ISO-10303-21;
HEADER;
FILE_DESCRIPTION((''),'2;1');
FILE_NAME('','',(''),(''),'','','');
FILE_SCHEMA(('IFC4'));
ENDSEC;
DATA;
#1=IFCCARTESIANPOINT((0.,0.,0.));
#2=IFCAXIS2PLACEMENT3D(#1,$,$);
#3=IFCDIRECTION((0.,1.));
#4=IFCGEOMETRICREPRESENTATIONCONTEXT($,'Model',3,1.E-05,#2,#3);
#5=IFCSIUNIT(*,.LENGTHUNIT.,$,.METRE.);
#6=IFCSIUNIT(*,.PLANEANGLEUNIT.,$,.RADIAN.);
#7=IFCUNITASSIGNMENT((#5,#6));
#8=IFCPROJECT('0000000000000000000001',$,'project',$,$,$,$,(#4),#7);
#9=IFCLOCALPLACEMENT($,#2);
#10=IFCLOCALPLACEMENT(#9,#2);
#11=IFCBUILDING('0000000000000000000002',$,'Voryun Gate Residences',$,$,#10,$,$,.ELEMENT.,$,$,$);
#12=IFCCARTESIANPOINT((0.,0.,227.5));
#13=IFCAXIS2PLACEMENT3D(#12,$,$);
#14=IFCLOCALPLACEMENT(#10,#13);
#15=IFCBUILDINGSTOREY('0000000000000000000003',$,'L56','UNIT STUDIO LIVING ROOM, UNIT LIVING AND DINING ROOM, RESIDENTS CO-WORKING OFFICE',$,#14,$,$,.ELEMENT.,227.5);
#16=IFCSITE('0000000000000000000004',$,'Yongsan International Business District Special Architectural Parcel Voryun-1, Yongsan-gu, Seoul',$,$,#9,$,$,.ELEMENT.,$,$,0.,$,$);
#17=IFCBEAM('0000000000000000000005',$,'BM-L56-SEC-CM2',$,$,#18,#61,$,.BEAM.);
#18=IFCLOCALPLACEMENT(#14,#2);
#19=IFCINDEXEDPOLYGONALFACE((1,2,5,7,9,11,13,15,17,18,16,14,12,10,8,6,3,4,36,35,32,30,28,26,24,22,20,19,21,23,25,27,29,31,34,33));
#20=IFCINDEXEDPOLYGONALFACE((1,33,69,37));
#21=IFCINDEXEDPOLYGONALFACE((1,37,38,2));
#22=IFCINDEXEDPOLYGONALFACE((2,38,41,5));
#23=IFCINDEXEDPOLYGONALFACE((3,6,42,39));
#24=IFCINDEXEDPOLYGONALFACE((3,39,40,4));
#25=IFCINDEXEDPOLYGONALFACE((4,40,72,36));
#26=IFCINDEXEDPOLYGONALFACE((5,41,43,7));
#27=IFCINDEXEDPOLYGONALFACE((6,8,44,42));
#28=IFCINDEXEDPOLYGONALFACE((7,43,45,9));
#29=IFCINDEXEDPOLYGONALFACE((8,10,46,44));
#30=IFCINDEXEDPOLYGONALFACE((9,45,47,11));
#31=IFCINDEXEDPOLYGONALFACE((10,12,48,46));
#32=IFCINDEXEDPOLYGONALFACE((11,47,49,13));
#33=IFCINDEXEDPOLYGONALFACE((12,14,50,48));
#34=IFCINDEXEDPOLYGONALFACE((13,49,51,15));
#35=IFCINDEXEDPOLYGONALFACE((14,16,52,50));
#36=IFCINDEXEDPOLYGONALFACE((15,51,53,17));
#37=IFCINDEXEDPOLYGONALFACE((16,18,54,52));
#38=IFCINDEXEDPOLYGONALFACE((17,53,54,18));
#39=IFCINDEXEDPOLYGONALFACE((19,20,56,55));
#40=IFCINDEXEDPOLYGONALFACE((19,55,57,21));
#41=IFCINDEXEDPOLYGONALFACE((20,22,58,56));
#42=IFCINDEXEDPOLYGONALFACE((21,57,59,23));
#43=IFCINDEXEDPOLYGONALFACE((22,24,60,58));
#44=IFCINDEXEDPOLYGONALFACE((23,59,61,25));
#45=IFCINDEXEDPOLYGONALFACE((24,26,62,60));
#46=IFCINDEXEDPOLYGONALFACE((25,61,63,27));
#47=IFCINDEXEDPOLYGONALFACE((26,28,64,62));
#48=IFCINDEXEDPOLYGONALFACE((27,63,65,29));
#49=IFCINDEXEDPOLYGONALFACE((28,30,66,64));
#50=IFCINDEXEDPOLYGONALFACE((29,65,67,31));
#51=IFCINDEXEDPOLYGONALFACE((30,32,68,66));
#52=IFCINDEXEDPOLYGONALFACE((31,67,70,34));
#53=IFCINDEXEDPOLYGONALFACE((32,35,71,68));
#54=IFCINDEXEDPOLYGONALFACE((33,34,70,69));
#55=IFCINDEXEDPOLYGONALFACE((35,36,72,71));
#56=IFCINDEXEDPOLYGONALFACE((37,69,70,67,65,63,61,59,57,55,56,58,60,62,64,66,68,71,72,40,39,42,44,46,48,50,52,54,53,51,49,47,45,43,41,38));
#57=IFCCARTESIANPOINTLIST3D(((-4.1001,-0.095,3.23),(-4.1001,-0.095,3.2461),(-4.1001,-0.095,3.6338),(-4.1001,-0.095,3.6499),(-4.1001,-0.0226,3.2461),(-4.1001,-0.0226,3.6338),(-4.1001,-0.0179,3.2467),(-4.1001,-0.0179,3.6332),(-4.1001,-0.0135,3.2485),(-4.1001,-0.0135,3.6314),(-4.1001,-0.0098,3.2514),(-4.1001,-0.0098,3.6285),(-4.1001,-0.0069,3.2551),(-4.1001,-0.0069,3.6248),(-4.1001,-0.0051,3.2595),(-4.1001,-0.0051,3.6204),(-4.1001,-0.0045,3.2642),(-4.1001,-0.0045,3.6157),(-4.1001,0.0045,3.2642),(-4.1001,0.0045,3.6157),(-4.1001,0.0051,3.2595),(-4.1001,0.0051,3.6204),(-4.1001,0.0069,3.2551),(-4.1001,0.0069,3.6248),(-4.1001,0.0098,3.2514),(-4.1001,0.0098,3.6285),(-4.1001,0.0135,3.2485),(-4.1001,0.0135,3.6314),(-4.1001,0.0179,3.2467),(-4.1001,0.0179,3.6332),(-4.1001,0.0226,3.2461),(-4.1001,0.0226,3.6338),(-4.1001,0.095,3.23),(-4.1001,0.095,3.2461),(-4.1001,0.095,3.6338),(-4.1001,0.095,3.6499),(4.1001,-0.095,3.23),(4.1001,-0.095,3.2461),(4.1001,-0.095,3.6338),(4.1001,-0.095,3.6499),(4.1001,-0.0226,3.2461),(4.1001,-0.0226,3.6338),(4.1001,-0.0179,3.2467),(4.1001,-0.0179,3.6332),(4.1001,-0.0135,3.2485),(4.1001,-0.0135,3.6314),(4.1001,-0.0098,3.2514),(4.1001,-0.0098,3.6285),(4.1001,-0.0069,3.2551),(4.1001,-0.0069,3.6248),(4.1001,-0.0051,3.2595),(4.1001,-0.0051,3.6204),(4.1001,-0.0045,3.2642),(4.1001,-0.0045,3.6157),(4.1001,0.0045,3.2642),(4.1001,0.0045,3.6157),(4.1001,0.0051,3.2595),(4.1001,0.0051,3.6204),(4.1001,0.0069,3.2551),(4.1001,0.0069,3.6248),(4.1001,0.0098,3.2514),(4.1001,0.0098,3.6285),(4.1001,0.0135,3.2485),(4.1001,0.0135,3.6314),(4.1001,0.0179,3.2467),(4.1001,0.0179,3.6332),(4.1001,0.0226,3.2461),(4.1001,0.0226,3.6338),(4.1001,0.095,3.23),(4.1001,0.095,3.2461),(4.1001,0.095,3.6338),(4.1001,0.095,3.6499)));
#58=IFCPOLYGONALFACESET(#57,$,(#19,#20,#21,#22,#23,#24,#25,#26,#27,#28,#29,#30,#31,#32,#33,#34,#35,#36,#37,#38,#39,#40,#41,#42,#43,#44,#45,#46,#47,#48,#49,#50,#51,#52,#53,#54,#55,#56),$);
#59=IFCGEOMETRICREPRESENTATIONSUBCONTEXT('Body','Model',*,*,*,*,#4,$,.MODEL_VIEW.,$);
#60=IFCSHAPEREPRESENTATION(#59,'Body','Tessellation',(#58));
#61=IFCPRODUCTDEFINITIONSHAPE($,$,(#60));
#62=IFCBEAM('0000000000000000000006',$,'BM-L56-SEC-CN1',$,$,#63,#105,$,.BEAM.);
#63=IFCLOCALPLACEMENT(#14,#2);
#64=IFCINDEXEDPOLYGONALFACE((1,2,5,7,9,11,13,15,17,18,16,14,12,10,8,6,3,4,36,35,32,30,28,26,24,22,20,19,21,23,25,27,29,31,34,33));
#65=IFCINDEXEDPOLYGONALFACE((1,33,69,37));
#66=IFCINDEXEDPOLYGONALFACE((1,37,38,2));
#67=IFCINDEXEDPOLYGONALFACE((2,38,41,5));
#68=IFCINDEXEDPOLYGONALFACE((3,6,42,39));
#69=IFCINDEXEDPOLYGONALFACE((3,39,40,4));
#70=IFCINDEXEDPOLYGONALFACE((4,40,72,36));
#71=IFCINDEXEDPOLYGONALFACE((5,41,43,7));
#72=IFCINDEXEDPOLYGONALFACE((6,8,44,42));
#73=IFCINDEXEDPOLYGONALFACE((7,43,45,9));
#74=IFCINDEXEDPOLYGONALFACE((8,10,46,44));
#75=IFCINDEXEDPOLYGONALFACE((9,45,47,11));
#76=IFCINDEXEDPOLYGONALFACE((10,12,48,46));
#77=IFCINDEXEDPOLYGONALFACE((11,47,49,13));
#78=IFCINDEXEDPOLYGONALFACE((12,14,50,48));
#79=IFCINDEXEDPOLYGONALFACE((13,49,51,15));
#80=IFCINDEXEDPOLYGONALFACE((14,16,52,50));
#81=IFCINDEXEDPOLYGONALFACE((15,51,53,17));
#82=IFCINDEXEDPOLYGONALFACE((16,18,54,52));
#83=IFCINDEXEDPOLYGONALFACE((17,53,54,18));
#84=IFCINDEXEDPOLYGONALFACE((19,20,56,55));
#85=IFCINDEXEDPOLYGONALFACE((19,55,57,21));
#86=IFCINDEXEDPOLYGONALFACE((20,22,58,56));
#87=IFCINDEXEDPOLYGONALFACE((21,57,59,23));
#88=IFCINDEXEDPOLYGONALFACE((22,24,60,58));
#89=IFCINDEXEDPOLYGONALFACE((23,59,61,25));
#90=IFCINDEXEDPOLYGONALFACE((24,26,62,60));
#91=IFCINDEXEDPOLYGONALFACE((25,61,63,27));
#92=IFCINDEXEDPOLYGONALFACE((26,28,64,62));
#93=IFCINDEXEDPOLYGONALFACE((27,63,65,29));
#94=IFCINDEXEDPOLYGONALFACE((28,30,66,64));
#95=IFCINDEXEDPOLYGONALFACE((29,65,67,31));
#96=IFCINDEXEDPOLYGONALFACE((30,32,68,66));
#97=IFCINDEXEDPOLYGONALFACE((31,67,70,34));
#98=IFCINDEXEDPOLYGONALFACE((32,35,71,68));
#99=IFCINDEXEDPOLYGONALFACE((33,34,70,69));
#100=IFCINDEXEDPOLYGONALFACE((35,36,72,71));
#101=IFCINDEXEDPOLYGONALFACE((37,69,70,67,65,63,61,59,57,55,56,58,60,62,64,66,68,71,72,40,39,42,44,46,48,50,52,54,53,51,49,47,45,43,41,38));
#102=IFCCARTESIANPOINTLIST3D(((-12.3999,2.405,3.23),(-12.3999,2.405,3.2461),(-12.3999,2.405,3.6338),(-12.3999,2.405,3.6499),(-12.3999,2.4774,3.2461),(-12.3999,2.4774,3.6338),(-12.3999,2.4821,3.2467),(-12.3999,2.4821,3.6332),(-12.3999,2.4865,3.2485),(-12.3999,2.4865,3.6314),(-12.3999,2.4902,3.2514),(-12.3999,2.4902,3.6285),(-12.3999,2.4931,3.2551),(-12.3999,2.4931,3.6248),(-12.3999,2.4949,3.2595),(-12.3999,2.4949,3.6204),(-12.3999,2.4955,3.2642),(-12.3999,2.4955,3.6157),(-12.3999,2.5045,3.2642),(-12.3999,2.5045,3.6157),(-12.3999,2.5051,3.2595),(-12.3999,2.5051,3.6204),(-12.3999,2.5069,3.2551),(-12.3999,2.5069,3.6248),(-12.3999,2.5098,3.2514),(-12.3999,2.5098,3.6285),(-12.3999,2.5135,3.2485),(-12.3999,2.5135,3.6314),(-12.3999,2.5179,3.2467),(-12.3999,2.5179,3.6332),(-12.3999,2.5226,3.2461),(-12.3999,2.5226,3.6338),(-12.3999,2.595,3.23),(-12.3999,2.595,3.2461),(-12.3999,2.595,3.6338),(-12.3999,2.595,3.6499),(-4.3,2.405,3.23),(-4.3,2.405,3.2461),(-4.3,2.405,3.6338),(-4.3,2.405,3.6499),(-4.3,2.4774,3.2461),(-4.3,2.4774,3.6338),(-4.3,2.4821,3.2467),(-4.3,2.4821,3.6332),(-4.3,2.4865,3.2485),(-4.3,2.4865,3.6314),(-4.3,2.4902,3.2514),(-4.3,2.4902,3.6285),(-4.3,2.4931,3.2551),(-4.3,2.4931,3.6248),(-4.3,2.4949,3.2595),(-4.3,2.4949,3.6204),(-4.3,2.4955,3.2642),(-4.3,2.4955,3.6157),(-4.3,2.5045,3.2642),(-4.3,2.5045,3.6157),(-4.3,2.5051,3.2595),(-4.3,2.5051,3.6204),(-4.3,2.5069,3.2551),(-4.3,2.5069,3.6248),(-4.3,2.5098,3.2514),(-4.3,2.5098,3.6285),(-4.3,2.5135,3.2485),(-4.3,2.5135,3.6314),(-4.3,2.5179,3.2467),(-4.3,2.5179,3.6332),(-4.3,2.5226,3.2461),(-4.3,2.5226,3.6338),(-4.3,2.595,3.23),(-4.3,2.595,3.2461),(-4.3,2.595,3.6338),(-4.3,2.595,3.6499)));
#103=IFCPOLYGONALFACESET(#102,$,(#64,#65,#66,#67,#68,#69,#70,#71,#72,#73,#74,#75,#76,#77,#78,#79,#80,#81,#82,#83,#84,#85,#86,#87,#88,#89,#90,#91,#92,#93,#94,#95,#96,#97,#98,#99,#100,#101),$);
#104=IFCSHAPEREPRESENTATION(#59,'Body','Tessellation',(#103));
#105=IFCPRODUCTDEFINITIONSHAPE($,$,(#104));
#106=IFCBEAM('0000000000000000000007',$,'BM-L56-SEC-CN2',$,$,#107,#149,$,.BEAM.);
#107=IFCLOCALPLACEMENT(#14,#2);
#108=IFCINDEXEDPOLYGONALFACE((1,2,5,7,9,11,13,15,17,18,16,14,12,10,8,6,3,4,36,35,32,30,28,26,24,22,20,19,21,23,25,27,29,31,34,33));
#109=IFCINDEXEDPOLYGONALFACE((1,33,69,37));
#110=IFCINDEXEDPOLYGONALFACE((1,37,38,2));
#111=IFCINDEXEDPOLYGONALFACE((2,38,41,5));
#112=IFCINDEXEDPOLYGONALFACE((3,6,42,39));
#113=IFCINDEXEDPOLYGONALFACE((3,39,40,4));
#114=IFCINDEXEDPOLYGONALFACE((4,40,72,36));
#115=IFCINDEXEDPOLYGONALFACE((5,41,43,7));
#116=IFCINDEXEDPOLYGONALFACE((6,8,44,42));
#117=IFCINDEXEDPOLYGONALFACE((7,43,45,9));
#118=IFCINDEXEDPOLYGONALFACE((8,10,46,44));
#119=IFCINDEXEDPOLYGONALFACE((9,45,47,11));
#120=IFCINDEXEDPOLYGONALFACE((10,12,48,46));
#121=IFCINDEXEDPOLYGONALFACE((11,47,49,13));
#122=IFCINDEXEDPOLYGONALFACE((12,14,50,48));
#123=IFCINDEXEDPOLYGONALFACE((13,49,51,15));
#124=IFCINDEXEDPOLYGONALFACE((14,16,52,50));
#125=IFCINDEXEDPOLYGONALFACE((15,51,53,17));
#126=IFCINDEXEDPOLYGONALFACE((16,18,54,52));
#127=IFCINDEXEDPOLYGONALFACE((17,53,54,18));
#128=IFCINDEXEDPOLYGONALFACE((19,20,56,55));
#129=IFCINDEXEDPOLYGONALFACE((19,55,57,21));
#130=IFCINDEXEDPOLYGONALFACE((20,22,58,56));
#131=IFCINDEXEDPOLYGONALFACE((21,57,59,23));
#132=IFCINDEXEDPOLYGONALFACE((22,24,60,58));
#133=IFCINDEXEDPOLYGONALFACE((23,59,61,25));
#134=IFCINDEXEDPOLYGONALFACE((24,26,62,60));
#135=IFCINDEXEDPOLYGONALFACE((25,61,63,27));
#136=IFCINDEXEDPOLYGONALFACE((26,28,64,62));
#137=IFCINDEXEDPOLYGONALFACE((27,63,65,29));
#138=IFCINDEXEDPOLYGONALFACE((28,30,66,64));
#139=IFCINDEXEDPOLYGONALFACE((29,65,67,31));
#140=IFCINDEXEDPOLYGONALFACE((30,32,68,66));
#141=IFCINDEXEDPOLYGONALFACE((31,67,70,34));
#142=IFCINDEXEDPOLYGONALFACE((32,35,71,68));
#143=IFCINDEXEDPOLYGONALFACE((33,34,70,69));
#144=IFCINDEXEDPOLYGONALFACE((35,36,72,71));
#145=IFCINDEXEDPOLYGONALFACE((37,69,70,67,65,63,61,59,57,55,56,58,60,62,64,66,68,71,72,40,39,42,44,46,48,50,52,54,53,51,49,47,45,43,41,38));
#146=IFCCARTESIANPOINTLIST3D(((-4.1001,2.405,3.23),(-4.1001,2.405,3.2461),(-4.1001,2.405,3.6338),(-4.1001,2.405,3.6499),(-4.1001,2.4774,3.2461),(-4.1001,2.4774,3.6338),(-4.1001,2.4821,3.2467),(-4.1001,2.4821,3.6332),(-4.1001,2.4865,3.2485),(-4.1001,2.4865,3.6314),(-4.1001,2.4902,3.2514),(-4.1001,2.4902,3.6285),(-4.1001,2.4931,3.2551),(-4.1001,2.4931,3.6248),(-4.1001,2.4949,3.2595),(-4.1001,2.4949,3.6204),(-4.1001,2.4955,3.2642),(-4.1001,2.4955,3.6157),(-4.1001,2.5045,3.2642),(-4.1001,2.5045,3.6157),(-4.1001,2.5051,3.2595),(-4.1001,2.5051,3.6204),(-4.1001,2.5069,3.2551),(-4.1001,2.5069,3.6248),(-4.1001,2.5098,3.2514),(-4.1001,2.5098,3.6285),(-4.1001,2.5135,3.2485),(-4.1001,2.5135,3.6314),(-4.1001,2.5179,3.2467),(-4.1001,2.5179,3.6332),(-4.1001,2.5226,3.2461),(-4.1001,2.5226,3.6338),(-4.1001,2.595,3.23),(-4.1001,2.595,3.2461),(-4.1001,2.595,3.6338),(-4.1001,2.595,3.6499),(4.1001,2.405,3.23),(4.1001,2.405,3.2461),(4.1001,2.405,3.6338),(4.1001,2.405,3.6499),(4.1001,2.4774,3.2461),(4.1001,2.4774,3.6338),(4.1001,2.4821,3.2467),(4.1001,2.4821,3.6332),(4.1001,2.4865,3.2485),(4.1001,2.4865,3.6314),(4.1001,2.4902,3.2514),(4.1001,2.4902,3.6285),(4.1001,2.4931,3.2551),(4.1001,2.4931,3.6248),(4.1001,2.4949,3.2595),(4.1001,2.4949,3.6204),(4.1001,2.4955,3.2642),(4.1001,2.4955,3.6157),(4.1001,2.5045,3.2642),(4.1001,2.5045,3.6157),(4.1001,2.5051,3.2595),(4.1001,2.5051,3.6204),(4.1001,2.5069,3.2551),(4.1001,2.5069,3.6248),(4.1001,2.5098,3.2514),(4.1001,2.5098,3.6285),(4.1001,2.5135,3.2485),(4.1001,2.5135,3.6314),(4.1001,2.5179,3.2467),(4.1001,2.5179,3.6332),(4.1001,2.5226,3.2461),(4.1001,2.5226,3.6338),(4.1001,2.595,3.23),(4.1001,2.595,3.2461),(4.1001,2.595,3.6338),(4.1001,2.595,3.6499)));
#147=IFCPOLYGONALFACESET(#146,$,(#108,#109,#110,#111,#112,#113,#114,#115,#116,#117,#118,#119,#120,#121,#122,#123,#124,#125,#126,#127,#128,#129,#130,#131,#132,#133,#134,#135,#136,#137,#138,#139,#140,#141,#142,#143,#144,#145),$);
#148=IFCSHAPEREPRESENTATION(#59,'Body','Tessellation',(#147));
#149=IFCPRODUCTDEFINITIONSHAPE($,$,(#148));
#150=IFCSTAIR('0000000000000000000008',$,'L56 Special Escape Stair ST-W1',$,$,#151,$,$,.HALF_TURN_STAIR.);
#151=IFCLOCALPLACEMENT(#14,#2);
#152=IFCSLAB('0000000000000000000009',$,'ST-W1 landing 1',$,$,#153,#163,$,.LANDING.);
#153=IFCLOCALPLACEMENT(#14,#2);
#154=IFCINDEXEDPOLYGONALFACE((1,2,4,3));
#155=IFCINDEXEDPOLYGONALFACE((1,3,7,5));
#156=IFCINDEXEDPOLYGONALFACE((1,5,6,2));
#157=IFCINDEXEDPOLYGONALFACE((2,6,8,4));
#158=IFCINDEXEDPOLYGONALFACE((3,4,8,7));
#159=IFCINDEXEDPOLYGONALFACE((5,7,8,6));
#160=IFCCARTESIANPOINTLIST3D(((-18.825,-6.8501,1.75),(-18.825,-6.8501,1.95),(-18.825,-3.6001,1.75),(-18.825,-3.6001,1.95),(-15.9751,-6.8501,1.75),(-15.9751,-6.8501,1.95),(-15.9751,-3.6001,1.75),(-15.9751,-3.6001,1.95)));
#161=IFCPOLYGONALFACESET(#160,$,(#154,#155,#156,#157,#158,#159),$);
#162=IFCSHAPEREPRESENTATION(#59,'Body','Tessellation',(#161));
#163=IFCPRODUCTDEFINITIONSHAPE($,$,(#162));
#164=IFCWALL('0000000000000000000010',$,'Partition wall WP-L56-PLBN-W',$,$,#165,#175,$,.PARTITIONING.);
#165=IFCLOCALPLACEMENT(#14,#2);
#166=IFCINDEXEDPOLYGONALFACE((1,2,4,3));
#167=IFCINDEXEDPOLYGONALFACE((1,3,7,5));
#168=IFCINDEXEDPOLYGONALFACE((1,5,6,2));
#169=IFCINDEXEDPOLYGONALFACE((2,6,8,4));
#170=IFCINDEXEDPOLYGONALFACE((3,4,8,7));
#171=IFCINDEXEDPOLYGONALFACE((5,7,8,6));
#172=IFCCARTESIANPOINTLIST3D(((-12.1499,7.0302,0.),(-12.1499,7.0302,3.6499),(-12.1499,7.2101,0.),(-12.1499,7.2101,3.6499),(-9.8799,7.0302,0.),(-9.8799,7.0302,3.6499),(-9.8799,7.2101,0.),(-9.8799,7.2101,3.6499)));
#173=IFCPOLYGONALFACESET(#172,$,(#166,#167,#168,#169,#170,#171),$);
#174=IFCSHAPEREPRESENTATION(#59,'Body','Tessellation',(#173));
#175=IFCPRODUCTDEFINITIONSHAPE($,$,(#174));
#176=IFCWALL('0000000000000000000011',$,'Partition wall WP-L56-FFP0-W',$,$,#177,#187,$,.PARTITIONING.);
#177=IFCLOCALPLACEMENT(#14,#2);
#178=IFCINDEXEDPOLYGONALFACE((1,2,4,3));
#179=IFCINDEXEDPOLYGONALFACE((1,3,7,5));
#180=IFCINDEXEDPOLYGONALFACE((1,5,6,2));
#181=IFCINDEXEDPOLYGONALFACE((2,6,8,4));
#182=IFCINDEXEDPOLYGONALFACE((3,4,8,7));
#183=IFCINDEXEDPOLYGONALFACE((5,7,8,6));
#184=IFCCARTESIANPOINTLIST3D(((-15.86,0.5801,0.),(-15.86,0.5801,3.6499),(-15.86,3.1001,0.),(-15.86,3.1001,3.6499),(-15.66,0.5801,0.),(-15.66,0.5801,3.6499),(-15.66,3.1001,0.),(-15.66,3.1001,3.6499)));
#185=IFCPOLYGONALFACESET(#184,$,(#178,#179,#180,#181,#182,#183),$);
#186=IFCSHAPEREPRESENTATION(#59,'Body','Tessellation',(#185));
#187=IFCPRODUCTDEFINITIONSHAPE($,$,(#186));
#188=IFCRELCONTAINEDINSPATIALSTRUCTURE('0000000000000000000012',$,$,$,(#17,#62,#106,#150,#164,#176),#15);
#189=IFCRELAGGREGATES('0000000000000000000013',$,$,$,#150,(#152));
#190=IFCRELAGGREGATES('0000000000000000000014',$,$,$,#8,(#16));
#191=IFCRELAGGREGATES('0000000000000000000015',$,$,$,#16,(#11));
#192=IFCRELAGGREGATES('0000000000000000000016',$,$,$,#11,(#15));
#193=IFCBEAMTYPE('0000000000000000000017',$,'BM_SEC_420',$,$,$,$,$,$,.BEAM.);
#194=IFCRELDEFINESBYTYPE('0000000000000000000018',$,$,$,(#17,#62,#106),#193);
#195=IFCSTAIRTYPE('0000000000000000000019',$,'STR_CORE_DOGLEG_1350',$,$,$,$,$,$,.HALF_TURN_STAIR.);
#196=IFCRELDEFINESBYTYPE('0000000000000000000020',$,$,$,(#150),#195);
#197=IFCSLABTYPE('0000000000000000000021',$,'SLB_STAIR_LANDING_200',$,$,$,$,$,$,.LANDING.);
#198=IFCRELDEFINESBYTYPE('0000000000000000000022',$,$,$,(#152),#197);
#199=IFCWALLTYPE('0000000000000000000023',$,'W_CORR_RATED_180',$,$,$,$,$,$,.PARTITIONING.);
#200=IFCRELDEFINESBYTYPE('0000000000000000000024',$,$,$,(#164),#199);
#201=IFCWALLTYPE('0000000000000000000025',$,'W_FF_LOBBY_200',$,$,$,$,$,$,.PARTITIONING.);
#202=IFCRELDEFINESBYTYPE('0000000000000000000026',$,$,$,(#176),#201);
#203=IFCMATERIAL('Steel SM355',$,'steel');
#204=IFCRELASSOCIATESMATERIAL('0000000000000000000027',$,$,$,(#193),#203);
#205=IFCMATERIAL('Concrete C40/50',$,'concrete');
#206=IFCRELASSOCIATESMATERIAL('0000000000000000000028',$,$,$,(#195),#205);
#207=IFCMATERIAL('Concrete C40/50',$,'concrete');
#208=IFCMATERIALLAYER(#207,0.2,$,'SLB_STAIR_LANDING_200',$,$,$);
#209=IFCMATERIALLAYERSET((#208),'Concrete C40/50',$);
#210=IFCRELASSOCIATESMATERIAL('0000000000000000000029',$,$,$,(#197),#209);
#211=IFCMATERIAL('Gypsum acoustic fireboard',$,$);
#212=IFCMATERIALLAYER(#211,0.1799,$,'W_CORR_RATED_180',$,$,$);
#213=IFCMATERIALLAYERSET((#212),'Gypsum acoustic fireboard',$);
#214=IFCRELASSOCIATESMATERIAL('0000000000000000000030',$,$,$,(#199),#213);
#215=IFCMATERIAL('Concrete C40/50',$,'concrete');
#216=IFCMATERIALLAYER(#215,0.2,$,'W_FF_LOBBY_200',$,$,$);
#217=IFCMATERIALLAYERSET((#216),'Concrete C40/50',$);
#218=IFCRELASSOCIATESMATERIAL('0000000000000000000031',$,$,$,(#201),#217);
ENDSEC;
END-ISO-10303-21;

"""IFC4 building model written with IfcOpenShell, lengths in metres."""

from ifc_helpers import new_model, si_unit, direction, frame, frame_2d, origin, origin_2d, place, context, subcontext, project, spatial, polyline, rectangle, i_section, outline, extrude, material, layer, layer_set, material_profile, profile_set, type_object, element, aggregate, save


model = new_model("IFC4")

# Units and contexts
model_context = context("Model", 3, precision=1e-05, world=origin(), true_north=direction((0.0, 1.0)))
body_context = subcontext(model_context, "Body", "Model", "MODEL_VIEW")
ifc_project = project(units=[si_unit("LENGTHUNIT", "METRE"), si_unit("PLANEANGLEUNIT", "RADIAN")], contexts=[model_context])

# Site, building, storey
site_placement = place(None, origin())
site = spatial("IfcSite", under=ifc_project, at=site_placement, Name="Yongsan International Business District Special Architectural Parcel Voryun-1, Yongsan-gu, Seoul", CompositionType="ELEMENT", RefElevation=0.0)
building_placement = place(site_placement, origin())
building = spatial("IfcBuilding", under=site, at=building_placement, Name="Voryun Gate Residences", CompositionType="ELEMENT")
storey_placement = place(building_placement, frame((0.0, 0.0, 227.5)))
storey = spatial("IfcBuildingStorey", under=building, at=storey_placement, Name="L56", Description="UNIT STUDIO LIVING ROOM, UNIT LIVING AND DINING ROOM, RESIDENTS CO-WORKING OFFICE", CompositionType="ELEMENT", Elevation=227.5)

# Beams
ifc_material_1 = material(Name="Steel SM355", Category="steel")
ifc_material_profile_1 = material_profile(ifc_material_1, i_section(OverallWidth=0.1899, OverallDepth=0.4199, WebThickness=0.009, FlangeThickness=0.0161, FilletRadius=0.0181, at=origin_2d()), Name="H-420x190x9x16")
ifc_profile_set_1 = profile_set([ifc_material_profile_1], Name="Steel SM355")
beam_type_1 = type_object("IfcBeamType", Name="BM_SEC_420", PredefinedType="BEAM", material=ifc_profile_set_1)
beam_1_placement = place(storey_placement, frame((-4.1001, 0.0, 3.4399), z_axis=(1.0, 0.0, 0.0), x_axis=(0.0, 1.0, 0.0)))
element("IfcBeam", 1, at=beam_1_placement, inside=storey, type_object=beam_type_1, Name="BM-L56-SEC-CM2", PredefinedType="BEAM", context=body_context, shape_type="SweptSolid", body=[
    extrude(i_section(OverallWidth=0.1899, OverallDepth=0.4199, WebThickness=0.009, FlangeThickness=0.0161, FilletRadius=0.0181, at=origin_2d()), origin(), (0.0, 0.0, 1.0), 8.2002),
])
beam_2_placement = place(storey_placement, frame((-12.3999, 2.5, 3.4399), z_axis=(1.0, 0.0, 0.0), x_axis=(0.0, 1.0, 0.0)))
element("IfcBeam", 2, at=beam_2_placement, inside=storey, type_object=beam_type_1, Name="BM-L56-SEC-CN1", PredefinedType="BEAM", context=body_context, shape_type="SweptSolid", body=[
    extrude(i_section(OverallWidth=0.1899, OverallDepth=0.4199, WebThickness=0.009, FlangeThickness=0.0161, FilletRadius=0.0181, at=origin_2d()), origin(), (0.0, 0.0, 1.0), 8.0999),
])
beam_3_placement = place(storey_placement, frame((-4.1001, 2.5, 3.4399), z_axis=(1.0, 0.0, 0.0), x_axis=(0.0, 1.0, 0.0)))
element("IfcBeam", 3, at=beam_3_placement, inside=storey, type_object=beam_type_1, Name="BM-L56-SEC-CN2", PredefinedType="BEAM", context=body_context, shape_type="SweptSolid", body=[
    extrude(i_section(OverallWidth=0.1899, OverallDepth=0.4199, WebThickness=0.009, FlangeThickness=0.0161, FilletRadius=0.0181, at=origin_2d()), origin(), (0.0, 0.0, 1.0), 8.2002),
])

# Stair, slab
ifc_material_2 = material(Name="Concrete C40/50", Category="concrete")
stair_type = type_object("IfcStairType", Name="STR_CORE_DOGLEG_1350", PredefinedType="HALF_TURN_STAIR", material=ifc_material_2)
stair_placement = place(storey_placement, origin())
stair = element("IfcStair", 4, at=stair_placement, inside=storey, type_object=stair_type, Name="L56 Special Escape Stair ST-W1", PredefinedType="HALF_TURN_STAIR")
ifc_material_3 = material(Name="Concrete C40/50", Category="concrete")
ifc_layer_1 = layer(ifc_material_3, 0.2, Name="SLB_STAIR_LANDING_200")
ifc_layer_set_1 = layer_set([ifc_layer_1], Name="Concrete C40/50")
slab_type = type_object("IfcSlabType", Name="SLB_STAIR_LANDING_200", PredefinedType="LANDING", material=ifc_layer_set_1)
slab_placement = place(storey_placement, frame((0.0, 0.0, 1.75)))
slab = element("IfcSlab", 5, at=slab_placement, type_object=slab_type, Name="ST-W1 landing 1", PredefinedType="LANDING", context=body_context, shape_type="SweptSolid", body=[
    extrude(outline(polyline([(-18.825, -3.6001), (-18.825, -6.8501), (-15.9751, -6.8501), (-15.9751, -3.6001), (-18.825, -3.6001)])), origin(), (0.0, 0.0, 1.0), 0.2),
])
aggregate(stair, [slab])

# Walls
ifc_material_4 = material(Name="Gypsum acoustic fireboard")
ifc_layer_2 = layer(ifc_material_4, 0.1799, Name="W_CORR_RATED_180")
ifc_layer_set_2 = layer_set([ifc_layer_2], Name="Gypsum acoustic fireboard")
wall_type_1 = type_object("IfcWallType", Name="W_CORR_RATED_180", PredefinedType="PARTITIONING", material=ifc_layer_set_2)
wall_1_placement = place(storey_placement, frame((-12.1499, 7.1201, 0.0), z_axis=(0.0, 0.0, 1.0), x_axis=(1.0, 0.0, 0.0)))
element("IfcWall", 6, at=wall_1_placement, inside=storey, type_object=wall_type_1, Name="Partition wall WP-L56-PLBN-W", PredefinedType="PARTITIONING", context=body_context, shape_type="SweptSolid", body=[
    extrude(rectangle(XDim=2.27, YDim=0.1799, at=frame_2d((1.135, 0.0))), origin(), (0.0, 0.0, 1.0), 3.6499),
])
ifc_material_5 = material(Name="Concrete C40/50", Category="concrete")
ifc_layer_3 = layer(ifc_material_5, 0.2, Name="W_FF_LOBBY_200")
ifc_layer_set_3 = layer_set([ifc_layer_3], Name="Concrete C40/50")
wall_type_2 = type_object("IfcWallType", Name="W_FF_LOBBY_200", PredefinedType="PARTITIONING", material=ifc_layer_set_3)
wall_2_placement = place(storey_placement, frame((-15.76, 0.5801, 0.0), z_axis=(0.0, 0.0, 1.0), x_axis=(0.0, 1.0, 0.0)))
element("IfcWall", 7, at=wall_2_placement, inside=storey, type_object=wall_type_2, Name="Partition wall WP-L56-FFP0-W", PredefinedType="PARTITIONING", context=body_context, shape_type="SweptSolid", body=[
    extrude(rectangle(XDim=2.52, YDim=0.2, at=frame_2d((1.26, 0.0))), origin(), (0.0, 0.0, 1.0), 3.6499),
])

save(model, "model.ifc")
